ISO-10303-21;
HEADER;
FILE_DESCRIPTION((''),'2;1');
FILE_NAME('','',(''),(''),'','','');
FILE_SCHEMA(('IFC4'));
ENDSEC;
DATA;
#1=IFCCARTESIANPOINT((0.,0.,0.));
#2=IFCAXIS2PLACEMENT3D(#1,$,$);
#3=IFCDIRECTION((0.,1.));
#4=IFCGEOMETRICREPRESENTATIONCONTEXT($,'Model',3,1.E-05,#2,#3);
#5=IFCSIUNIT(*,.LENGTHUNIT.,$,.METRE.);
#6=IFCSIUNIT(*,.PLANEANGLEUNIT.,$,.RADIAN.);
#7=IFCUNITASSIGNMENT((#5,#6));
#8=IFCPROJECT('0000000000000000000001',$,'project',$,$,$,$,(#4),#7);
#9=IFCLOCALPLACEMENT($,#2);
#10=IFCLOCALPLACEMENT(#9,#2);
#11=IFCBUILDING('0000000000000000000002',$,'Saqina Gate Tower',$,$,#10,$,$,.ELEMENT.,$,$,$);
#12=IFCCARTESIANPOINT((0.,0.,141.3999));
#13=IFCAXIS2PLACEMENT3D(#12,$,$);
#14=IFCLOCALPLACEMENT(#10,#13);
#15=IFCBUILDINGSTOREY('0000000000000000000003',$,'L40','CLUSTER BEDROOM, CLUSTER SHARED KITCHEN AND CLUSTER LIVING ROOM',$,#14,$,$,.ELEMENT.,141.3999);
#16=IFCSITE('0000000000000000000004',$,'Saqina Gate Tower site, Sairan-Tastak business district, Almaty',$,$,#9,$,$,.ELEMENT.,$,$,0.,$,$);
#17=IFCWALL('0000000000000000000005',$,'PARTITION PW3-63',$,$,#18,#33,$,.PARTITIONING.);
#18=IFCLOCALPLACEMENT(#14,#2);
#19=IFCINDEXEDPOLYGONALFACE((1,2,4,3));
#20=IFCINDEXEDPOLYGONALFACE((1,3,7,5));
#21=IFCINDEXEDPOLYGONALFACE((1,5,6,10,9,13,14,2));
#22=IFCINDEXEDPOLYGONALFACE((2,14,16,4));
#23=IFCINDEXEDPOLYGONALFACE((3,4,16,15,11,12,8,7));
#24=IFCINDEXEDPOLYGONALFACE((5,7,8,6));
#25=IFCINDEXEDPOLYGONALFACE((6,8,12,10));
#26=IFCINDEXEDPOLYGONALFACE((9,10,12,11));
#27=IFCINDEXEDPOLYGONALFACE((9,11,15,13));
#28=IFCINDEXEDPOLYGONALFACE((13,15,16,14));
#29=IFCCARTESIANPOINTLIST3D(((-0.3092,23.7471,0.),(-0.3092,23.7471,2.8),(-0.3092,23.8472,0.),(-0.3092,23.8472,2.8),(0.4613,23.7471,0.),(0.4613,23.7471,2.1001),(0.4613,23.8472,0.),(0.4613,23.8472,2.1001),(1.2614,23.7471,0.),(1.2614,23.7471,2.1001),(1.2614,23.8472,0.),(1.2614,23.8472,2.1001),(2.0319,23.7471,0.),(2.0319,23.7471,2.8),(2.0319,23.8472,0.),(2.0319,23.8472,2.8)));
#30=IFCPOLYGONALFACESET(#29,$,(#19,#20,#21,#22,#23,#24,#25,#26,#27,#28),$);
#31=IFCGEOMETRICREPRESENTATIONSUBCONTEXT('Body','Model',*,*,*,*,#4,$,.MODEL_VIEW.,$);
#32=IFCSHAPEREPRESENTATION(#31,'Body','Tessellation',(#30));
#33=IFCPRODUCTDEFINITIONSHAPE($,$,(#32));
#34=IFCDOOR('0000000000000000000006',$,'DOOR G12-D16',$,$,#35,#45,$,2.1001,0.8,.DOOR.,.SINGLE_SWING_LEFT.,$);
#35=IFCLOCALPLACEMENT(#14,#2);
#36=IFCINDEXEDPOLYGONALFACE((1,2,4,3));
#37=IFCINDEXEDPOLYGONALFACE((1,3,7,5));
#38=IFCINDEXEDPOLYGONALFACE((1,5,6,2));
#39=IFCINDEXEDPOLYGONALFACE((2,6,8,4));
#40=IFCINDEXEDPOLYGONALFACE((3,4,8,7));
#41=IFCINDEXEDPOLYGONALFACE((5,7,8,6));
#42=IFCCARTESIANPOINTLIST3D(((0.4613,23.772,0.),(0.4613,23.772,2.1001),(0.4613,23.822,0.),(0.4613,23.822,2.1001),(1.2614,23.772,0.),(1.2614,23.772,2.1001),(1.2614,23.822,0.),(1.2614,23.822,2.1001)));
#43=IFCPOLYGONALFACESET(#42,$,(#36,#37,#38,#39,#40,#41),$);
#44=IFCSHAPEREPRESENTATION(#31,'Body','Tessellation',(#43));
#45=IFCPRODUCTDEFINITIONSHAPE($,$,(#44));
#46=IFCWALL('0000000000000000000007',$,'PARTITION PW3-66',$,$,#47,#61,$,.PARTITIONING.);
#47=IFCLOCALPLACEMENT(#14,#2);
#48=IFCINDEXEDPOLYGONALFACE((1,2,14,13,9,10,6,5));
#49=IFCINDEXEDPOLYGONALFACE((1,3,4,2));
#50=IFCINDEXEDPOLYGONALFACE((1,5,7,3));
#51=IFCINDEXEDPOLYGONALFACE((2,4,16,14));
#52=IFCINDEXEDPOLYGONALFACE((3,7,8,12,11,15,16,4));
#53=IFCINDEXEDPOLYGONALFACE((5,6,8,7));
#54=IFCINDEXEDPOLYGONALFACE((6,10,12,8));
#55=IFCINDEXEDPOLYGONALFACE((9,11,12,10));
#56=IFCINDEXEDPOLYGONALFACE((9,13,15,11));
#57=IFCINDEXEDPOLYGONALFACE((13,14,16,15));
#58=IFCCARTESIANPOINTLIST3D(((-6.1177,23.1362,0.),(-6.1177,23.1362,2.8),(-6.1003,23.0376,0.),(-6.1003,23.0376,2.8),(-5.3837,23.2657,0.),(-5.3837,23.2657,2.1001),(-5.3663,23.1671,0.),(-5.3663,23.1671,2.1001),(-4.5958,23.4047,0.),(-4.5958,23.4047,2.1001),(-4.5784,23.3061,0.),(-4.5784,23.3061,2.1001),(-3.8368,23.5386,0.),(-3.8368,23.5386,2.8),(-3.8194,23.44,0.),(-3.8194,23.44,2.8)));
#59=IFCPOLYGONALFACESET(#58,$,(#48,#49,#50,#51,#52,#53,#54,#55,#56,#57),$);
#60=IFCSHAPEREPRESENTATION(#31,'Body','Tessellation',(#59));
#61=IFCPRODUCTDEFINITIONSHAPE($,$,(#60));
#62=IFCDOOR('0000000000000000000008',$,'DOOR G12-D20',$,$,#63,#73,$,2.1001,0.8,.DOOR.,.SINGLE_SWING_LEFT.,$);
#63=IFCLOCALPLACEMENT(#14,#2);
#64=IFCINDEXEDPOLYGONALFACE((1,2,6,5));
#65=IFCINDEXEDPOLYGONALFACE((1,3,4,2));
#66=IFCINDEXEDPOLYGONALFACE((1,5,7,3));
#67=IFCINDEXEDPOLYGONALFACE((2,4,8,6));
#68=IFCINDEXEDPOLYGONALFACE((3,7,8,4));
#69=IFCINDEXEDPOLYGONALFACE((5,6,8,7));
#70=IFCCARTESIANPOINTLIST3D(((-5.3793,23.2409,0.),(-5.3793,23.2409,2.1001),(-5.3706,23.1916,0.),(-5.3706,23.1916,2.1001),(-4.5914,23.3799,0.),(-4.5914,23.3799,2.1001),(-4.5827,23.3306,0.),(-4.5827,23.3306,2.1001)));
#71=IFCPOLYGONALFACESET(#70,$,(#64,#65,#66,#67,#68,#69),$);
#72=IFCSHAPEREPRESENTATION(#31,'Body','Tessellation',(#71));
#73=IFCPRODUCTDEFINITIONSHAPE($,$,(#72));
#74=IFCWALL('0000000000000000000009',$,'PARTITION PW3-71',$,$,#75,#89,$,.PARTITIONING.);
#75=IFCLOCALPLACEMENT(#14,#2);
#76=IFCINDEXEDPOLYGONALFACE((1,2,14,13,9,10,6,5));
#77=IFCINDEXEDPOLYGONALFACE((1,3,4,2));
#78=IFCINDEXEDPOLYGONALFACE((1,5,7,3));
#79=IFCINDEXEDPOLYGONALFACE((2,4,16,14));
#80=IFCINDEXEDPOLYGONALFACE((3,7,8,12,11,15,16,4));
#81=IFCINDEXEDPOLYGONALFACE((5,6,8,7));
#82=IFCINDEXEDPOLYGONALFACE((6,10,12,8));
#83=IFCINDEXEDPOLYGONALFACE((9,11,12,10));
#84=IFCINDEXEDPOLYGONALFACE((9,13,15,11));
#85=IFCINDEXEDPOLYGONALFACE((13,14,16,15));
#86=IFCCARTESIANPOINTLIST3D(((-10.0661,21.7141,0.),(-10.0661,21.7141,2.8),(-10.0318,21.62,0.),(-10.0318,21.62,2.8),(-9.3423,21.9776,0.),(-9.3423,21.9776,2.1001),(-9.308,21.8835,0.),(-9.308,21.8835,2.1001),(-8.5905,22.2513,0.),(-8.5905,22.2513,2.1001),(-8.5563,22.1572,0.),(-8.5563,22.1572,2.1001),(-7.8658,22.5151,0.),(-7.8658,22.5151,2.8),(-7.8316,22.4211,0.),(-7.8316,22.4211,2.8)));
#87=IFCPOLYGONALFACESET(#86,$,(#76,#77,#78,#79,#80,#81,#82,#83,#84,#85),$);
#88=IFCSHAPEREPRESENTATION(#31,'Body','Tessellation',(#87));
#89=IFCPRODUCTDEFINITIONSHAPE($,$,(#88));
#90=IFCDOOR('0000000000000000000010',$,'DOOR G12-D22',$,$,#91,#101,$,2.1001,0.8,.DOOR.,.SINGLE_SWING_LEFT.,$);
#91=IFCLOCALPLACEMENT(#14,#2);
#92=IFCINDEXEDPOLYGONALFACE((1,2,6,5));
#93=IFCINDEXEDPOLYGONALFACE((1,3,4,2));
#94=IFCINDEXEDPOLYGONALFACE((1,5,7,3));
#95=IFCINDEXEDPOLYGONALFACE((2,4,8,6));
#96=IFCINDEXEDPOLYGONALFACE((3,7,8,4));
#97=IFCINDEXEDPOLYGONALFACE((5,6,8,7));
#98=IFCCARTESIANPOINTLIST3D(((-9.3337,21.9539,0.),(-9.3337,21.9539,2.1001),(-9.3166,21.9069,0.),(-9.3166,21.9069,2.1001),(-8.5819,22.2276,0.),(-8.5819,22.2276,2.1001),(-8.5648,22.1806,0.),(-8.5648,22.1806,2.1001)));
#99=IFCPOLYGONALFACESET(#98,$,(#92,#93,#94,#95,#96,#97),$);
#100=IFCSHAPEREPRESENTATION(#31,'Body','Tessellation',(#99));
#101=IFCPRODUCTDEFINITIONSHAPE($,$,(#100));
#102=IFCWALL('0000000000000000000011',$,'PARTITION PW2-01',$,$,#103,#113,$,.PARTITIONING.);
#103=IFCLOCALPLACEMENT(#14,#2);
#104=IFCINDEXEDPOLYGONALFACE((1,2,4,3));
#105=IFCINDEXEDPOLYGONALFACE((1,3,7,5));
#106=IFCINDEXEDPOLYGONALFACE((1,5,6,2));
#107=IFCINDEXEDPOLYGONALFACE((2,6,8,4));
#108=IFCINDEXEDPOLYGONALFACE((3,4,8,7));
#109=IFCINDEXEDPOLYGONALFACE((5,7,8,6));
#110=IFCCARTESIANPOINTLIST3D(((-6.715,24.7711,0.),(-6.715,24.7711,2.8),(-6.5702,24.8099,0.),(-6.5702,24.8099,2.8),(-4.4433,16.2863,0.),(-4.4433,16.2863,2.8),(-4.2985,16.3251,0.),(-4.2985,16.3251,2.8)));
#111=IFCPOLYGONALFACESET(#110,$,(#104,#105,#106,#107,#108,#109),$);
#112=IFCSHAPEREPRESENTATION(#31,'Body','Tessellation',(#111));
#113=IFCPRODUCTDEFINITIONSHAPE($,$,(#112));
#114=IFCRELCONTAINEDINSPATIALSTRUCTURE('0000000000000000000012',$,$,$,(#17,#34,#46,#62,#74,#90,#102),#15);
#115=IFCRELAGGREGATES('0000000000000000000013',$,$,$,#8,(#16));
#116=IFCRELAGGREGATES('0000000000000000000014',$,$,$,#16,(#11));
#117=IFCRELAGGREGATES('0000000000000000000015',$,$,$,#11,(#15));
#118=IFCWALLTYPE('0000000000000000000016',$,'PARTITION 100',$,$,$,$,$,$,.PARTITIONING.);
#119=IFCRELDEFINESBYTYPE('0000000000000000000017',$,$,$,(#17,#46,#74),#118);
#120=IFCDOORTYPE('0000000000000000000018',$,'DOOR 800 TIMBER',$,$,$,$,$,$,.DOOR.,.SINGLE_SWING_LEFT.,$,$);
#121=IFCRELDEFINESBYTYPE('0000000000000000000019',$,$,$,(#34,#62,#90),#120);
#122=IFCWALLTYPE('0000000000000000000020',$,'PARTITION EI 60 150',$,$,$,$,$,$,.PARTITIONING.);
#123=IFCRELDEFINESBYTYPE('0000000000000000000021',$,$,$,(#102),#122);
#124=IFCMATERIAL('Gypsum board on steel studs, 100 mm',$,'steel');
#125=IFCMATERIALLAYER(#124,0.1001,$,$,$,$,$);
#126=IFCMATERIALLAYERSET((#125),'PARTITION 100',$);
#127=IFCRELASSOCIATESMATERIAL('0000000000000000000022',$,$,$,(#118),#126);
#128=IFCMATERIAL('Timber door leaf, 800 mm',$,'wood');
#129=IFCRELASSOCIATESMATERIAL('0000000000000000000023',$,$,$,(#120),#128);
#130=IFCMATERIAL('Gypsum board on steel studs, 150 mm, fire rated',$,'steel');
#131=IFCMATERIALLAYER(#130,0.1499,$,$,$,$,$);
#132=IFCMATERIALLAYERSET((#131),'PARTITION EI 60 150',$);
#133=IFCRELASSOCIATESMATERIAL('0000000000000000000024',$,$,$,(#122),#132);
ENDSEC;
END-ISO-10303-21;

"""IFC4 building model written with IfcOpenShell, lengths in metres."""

from ifc_helpers import new_model, si_unit, direction, frame, frame_2d, origin, place, context, subcontext, project, spatial, rectangle, extrude, material, layer, layer_set, type_object, element, fill, save


model = new_model("IFC4")

# Units and contexts
model_context = context("Model", 3, precision=1e-05, world=origin(), true_north=direction((0.0, 1.0)))
body_context = subcontext(model_context, "Body", "Model", "MODEL_VIEW")
ifc_project = project(units=[si_unit("LENGTHUNIT", "METRE"), si_unit("PLANEANGLEUNIT", "RADIAN")], contexts=[model_context])

# Site, building, storey
site_placement = place(None, origin())
site = spatial("IfcSite", under=ifc_project, at=site_placement, Name="Saqina Gate Tower site, Sairan-Tastak business district, Almaty", CompositionType="ELEMENT", RefElevation=0.0)
building_placement = place(site_placement, origin())
building = spatial("IfcBuilding", under=site, at=building_placement, Name="Saqina Gate Tower", CompositionType="ELEMENT")
storey_placement = place(building_placement, frame((0.0, 0.0, 141.3999)))
storey = spatial("IfcBuildingStorey", under=building, at=storey_placement, Name="L40", Description="CLUSTER BEDROOM, CLUSTER SHARED KITCHEN AND CLUSTER LIVING ROOM", CompositionType="ELEMENT", Elevation=141.3999)

# Shared definitions
ifc_material_1 = material(Name="Gypsum board on steel studs, 100 mm", Category="steel")
ifc_layer_1 = layer(ifc_material_1, 0.1001)
ifc_layer_set_1 = layer_set([ifc_layer_1], Name="PARTITION 100")
wall_type_1 = type_object("IfcWallType", Name="PARTITION 100", PredefinedType="PARTITIONING", material=ifc_layer_set_1)

# Walls, openings, doors
wall_1_placement = place(storey_placement, frame((-0.3091, 23.7971, 0.0), z_axis=(0.0, 0.0, 1.0), x_axis=(1.0, 0.0, 0.0)))
wall_1 = element("IfcWall", 1, at=wall_1_placement, inside=storey, type_object=wall_type_1, Name="PARTITION PW3-63", PredefinedType="PARTITIONING", context=body_context, shape_type="SweptSolid", body=[
    extrude(rectangle(XDim=2.3411, YDim=0.1001, at=frame_2d((1.1704, 0.0))), origin(), (0.0, 0.0, 1.0), 2.8),
])
opening_1_placement = place(wall_1_placement, frame((0.7705, 0.0, 0.0)))
opening_1 = element("IfcOpeningElement", 2, at=opening_1_placement, cuts=wall_1, PredefinedType="OPENING", context=body_context, shape_type="SweptSolid", body=[
    extrude(rectangle(XDim=0.8, YDim=2.1001, at=frame_2d((0.3999, 1.05))), frame((0.0, 0.062, 0.0), z_axis=(0.0, -1.0, 0.0), x_axis=(1.0, 0.0, 0.0)), (0.0, 0.0, 1.0), 0.124),
])
ifc_material_2 = material(Name="Timber door leaf, 800 mm", Category="wood")
door_type = type_object("IfcDoorType", Name="DOOR 800 TIMBER", OperationType="SINGLE_SWING_LEFT", PredefinedType="DOOR", material=ifc_material_2)
door_1_placement = place(opening_1_placement, origin())
door_1 = element("IfcDoor", 3, at=door_1_placement, inside=storey, type_object=door_type, Name="DOOR G12-D16", OperationType="SINGLE_SWING_LEFT", OverallHeight=2.1001, OverallWidth=0.8, PredefinedType="DOOR", context=body_context, shape_type="SweptSolid", body=[
    extrude(rectangle(XDim=0.8, YDim=2.1001, at=frame_2d((0.3999, 1.05))), frame((0.0, 0.0249, 0.0), z_axis=(0.0, -1.0, 0.0), x_axis=(1.0, 0.0, 0.0)), (0.0, 0.0, 1.0), 0.05),
])
fill(opening_1, door_1)
wall_2_placement = place(storey_placement, frame((-6.1091, 23.0869, 0.0), z_axis=(0.0, 0.0, 1.0), x_axis=(0.984797, 0.173707, 0.0)))
wall_2 = element("IfcWall", 4, at=wall_2_placement, inside=storey, type_object=wall_type_1, Name="PARTITION PW3-66", PredefinedType="PARTITIONING", context=body_context, shape_type="SweptSolid", body=[
    extrude(rectangle(XDim=2.3162, YDim=0.1001, at=frame_2d((1.1582, 0.0))), origin(), (0.0, 0.0, 1.0), 2.8),
])
opening_2_placement = place(wall_2_placement, frame((0.7456, 0.0, 0.0)))
opening_2 = element("IfcOpeningElement", 5, at=opening_2_placement, cuts=wall_2, PredefinedType="OPENING", context=body_context, shape_type="SweptSolid", body=[
    extrude(rectangle(XDim=0.8, YDim=2.1001, at=frame_2d((0.3999, 1.05))), frame((0.0, 0.062, 0.0), z_axis=(0.0, -1.0, 0.0), x_axis=(1.0, 0.0, 0.0)), (0.0, 0.0, 1.0), 0.124),
])
door_2_placement = place(opening_2_placement, origin())
door_2 = element("IfcDoor", 6, at=door_2_placement, inside=storey, type_object=door_type, Name="DOOR G12-D20", OperationType="SINGLE_SWING_LEFT", OverallHeight=2.1001, OverallWidth=0.8, PredefinedType="DOOR", context=body_context, shape_type="SweptSolid", body=[
    extrude(rectangle(XDim=0.8, YDim=2.1001, at=frame_2d((0.3999, 1.05))), frame((0.0, 0.0249, 0.0), z_axis=(0.0, -1.0, 0.0), x_axis=(1.0, 0.0, 0.0)), (0.0, 0.0, 1.0), 0.05),
])
fill(opening_2, door_2)
wall_3_placement = place(storey_placement, frame((-10.0491, 21.667, 0.0), z_axis=(0.0, 0.0, 1.0), x_axis=(0.939662, 0.342103, 0.0)))
wall_3 = element("IfcWall", 7, at=wall_3_placement, inside=storey, type_object=wall_type_1, Name="PARTITION PW3-71", PredefinedType="PARTITIONING", context=body_context, shape_type="SweptSolid", body=[
    extrude(rectangle(XDim=2.3416, YDim=0.1001, at=frame_2d((1.1709, 0.0))), origin(), (0.0, 0.0, 1.0), 2.8),
])
opening_3_placement = place(wall_3_placement, frame((0.7705, 0.0, 0.0)))
opening_3 = element("IfcOpeningElement", 8, at=opening_3_placement, cuts=wall_3, PredefinedType="OPENING", context=body_context, shape_type="SweptSolid", body=[
    extrude(rectangle(XDim=0.8, YDim=2.1001, at=frame_2d((0.3999, 1.05))), frame((0.0, 0.062, 0.0), z_axis=(0.0, -1.0, 0.0), x_axis=(1.0, 0.0, 0.0)), (0.0, 0.0, 1.0), 0.124),
])
door_3_placement = place(opening_3_placement, origin())
door_3 = element("IfcDoor", 9, at=door_3_placement, inside=storey, type_object=door_type, Name="DOOR G12-D22", OperationType="SINGLE_SWING_LEFT", OverallHeight=2.1001, OverallWidth=0.8, PredefinedType="DOOR", context=body_context, shape_type="SweptSolid", body=[
    extrude(rectangle(XDim=0.8, YDim=2.1001, at=frame_2d((0.3999, 1.05))), frame((0.0, 0.0249, 0.0), z_axis=(0.0, -1.0, 0.0), x_axis=(1.0, 0.0, 0.0)), (0.0, 0.0, 1.0), 0.05),
])
fill(opening_3, door_3)

# Wall
ifc_material_3 = material(Name="Gypsum board on steel studs, 150 mm, fire rated", Category="steel")
ifc_layer_2 = layer(ifc_material_3, 0.1499)
ifc_layer_set_2 = layer_set([ifc_layer_2], Name="PARTITION EI 60 150")
wall_type_2 = type_object("IfcWallType", Name="PARTITION EI 60 150", PredefinedType="PARTITIONING", material=ifc_layer_set_2)
wall_4_placement = place(storey_placement, frame((-6.6426, 24.7905, 0.0), z_axis=(0.0, 0.0, 1.0), x_axis=(0.25863, -0.965977, 0.0)))
element("IfcWall", 10, at=wall_4_placement, inside=storey, type_object=wall_type_2, Name="PARTITION PW2-01", PredefinedType="PARTITIONING", context=body_context, shape_type="SweptSolid", body=[
    extrude(rectangle(XDim=8.7837, YDim=0.1499, at=frame_2d((4.3918, 0.0))), origin(), (0.0, 0.0, 1.0), 2.8),
])

save(model, "model.ifc")
